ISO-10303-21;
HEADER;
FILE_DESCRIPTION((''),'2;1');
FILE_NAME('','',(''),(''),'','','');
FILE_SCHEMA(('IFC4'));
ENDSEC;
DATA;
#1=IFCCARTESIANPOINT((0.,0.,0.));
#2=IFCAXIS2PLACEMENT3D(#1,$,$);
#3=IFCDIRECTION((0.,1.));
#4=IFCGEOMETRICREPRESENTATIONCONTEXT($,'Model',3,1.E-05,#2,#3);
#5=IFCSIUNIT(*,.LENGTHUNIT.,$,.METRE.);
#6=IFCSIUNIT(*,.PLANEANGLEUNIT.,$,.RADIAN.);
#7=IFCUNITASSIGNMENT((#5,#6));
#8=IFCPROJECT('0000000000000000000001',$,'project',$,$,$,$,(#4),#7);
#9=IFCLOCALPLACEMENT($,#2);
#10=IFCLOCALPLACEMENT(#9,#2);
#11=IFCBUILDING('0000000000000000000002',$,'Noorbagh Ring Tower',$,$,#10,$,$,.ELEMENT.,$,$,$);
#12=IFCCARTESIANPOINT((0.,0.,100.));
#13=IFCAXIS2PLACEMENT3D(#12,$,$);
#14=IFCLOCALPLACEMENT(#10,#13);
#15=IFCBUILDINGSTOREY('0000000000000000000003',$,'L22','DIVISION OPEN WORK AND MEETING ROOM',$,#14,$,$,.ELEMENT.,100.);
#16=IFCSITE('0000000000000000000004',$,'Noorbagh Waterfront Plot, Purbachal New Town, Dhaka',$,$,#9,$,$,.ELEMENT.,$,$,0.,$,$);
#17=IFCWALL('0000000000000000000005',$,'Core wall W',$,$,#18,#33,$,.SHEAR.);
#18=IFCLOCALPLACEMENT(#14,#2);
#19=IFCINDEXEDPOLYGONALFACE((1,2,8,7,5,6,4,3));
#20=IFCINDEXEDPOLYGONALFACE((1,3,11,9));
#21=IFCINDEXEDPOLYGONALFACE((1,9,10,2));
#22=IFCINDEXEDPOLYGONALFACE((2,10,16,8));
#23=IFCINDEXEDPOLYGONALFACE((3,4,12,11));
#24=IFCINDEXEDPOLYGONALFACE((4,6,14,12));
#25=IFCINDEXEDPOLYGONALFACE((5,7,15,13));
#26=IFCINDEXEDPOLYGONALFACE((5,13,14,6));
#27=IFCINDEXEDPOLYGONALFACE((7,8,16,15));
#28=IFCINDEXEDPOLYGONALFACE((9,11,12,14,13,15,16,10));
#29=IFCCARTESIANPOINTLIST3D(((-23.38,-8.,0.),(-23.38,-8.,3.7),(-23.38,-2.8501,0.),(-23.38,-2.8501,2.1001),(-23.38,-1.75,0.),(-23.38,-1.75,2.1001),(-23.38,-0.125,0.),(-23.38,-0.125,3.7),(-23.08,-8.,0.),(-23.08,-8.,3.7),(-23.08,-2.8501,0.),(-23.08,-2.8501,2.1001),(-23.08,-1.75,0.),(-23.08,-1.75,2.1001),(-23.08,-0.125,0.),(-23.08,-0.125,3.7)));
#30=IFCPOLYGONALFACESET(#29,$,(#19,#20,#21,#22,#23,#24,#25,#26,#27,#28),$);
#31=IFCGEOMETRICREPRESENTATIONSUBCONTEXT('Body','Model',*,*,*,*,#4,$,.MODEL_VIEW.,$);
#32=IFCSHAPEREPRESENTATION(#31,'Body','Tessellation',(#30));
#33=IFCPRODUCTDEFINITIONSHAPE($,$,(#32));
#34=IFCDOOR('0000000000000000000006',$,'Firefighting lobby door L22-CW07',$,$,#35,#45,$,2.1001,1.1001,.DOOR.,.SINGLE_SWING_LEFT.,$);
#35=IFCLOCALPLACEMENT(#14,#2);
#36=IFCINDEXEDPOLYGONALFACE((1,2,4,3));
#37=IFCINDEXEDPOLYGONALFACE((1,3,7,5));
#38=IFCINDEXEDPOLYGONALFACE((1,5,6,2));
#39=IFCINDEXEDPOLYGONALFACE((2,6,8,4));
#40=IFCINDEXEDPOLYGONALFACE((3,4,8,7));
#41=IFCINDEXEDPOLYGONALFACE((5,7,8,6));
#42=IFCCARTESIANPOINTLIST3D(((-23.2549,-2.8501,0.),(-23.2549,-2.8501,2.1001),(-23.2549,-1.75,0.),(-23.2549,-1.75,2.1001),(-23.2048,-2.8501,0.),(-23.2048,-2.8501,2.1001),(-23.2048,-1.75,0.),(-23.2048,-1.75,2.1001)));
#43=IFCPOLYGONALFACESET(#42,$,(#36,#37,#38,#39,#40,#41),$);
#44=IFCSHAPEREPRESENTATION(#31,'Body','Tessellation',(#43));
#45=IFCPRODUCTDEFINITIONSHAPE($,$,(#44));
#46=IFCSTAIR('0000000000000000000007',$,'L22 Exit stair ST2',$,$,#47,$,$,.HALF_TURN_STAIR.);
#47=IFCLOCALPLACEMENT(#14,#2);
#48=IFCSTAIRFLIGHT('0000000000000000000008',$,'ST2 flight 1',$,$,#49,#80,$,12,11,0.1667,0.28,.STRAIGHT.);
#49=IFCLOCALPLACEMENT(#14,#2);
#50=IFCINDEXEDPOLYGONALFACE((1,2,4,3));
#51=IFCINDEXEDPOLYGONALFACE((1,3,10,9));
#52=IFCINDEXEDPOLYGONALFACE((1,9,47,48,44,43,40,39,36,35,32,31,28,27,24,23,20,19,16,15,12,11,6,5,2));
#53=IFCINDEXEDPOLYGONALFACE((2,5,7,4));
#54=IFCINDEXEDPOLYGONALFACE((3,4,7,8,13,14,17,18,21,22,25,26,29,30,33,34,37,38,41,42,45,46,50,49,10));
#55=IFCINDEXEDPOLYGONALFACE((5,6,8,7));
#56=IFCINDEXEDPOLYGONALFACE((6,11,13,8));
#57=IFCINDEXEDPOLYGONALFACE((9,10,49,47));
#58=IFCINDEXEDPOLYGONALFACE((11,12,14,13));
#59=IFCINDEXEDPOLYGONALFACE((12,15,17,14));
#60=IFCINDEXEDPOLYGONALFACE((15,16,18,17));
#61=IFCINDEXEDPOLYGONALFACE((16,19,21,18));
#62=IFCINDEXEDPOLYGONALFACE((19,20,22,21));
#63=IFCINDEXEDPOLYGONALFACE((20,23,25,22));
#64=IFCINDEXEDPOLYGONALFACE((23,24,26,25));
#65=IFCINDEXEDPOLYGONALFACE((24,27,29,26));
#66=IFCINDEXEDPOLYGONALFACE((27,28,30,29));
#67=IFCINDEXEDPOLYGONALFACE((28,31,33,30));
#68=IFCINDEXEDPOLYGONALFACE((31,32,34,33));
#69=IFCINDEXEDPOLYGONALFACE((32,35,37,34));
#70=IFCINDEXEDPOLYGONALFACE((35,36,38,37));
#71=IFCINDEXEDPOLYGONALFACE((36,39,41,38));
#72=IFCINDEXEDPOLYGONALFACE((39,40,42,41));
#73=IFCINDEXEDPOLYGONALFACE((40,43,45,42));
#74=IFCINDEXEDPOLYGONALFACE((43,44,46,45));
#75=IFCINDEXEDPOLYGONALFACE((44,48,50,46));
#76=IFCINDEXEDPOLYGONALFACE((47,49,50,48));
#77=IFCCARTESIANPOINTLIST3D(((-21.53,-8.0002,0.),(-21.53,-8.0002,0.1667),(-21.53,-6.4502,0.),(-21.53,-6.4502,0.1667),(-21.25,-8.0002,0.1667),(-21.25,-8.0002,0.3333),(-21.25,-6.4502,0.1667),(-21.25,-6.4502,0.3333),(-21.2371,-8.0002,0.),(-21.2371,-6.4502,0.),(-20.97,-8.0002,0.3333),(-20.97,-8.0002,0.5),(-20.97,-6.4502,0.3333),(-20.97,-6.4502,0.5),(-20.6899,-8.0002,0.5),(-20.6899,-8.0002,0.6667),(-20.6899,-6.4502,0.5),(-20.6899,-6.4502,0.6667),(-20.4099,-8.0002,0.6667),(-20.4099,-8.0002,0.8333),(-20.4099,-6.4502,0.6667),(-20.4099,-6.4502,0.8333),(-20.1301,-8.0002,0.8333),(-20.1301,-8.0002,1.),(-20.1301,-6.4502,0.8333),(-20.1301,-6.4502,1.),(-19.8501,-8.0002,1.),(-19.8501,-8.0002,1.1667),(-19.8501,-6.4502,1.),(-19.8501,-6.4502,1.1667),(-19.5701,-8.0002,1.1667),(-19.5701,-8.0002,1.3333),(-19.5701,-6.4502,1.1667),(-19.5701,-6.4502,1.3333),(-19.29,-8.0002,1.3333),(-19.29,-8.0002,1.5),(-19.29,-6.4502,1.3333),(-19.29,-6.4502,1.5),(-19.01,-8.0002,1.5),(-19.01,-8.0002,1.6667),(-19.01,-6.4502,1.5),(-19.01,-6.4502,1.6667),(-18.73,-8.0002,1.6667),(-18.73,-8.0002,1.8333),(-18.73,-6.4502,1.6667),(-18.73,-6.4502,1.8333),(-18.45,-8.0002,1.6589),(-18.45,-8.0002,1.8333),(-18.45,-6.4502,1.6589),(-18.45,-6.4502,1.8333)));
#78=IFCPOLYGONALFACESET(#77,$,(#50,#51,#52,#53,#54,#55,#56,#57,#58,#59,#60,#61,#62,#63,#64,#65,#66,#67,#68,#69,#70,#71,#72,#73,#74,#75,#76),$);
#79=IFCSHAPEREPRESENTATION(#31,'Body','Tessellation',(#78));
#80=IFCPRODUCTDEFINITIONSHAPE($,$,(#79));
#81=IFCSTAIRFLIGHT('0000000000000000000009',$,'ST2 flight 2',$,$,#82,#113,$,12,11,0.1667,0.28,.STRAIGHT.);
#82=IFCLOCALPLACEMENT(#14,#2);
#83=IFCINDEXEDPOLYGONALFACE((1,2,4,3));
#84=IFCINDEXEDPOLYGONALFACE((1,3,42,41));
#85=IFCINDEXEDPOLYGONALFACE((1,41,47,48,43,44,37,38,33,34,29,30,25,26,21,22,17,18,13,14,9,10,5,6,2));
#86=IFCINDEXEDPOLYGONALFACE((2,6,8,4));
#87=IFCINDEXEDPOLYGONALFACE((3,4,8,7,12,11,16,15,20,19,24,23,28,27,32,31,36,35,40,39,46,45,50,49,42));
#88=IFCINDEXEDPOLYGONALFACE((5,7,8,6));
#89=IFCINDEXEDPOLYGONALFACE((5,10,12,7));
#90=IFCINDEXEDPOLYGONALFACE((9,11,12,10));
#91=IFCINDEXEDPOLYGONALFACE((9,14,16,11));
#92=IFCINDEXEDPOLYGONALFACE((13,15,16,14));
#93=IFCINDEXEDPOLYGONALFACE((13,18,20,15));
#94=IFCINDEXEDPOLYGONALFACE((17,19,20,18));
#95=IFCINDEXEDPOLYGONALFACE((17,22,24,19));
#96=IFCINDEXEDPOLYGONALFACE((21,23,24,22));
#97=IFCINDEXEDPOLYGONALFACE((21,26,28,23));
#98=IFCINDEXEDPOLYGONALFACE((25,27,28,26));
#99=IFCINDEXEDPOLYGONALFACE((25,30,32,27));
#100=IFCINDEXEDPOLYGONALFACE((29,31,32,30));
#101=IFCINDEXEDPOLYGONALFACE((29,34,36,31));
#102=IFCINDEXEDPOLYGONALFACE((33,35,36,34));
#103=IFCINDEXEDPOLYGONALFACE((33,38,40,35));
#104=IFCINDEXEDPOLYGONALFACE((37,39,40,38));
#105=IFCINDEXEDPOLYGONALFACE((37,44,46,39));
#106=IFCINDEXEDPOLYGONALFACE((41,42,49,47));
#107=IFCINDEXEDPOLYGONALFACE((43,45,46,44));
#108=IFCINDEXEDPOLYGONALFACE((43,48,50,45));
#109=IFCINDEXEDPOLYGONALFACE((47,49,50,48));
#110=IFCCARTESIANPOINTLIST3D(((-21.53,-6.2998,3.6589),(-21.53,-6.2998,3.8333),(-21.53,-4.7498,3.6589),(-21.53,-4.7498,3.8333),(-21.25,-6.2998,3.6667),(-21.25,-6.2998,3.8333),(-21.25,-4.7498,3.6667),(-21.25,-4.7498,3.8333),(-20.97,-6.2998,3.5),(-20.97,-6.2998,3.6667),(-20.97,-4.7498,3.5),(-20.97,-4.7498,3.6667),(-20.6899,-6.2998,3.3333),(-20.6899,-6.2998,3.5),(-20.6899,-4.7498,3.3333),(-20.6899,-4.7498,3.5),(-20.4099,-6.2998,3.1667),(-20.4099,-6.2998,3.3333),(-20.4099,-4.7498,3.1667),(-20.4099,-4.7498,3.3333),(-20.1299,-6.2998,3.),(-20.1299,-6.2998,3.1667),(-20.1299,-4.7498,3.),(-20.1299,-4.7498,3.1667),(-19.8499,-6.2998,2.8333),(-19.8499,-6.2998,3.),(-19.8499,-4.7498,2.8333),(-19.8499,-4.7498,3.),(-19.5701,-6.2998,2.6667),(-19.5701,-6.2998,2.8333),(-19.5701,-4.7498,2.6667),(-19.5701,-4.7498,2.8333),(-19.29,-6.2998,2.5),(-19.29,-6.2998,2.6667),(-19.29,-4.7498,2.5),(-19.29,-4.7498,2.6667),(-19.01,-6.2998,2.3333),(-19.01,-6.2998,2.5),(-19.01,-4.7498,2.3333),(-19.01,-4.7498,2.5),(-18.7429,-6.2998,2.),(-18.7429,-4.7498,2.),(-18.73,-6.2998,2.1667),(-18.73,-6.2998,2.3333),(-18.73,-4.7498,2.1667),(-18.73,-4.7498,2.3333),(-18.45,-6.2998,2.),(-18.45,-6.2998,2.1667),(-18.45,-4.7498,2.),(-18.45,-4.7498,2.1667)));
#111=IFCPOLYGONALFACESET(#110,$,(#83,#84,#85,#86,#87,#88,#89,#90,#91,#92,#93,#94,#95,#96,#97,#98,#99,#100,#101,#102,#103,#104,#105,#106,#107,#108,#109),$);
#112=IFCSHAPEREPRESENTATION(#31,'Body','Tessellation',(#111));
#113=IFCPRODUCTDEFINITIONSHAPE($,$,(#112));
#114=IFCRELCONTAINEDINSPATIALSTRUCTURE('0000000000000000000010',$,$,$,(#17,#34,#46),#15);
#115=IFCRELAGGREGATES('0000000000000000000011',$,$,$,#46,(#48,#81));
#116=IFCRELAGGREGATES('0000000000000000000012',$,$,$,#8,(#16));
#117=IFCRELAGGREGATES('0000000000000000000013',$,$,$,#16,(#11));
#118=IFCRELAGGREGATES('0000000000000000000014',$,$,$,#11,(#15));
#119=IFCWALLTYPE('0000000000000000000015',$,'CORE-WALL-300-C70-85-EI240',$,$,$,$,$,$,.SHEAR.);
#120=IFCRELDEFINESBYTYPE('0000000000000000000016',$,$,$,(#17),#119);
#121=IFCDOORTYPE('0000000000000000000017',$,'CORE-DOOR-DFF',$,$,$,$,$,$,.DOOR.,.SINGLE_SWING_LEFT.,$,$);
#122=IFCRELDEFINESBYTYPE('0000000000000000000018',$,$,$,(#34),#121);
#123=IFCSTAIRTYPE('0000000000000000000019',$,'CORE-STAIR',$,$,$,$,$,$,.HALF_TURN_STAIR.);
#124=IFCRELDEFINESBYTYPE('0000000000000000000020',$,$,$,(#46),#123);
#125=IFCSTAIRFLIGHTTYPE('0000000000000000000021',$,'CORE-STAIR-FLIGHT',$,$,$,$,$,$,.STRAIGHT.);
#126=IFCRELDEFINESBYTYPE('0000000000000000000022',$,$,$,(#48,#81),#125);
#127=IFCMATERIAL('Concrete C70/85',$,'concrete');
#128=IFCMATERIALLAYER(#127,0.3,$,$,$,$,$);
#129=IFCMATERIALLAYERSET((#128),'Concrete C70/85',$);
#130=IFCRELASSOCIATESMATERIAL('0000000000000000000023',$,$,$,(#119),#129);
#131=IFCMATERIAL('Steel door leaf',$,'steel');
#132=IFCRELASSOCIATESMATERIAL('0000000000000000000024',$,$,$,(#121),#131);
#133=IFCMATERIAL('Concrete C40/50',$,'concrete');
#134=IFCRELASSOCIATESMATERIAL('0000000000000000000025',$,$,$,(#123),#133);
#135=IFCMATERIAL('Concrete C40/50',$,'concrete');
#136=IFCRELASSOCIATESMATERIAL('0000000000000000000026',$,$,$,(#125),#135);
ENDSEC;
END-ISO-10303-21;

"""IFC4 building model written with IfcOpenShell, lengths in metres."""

from ifc_helpers import new_model, si_unit, direction, frame, frame_2d, origin, place, context, subcontext, project, spatial, polyline, rectangle, outline, extrude, material, layer, layer_set, type_object, element, fill, aggregate, save


model = new_model("IFC4")

# Units and contexts
model_context = context("Model", 3, precision=1e-05, world=origin(), true_north=direction((0.0, 1.0)))
body_context = subcontext(model_context, "Body", "Model", "MODEL_VIEW")
ifc_project = project(units=[si_unit("LENGTHUNIT", "METRE"), si_unit("PLANEANGLEUNIT", "RADIAN")], contexts=[model_context])

# Site, building, storey
site_placement = place(None, origin())
site = spatial("IfcSite", under=ifc_project, at=site_placement, Name="Noorbagh Waterfront Plot, Purbachal New Town, Dhaka", CompositionType="ELEMENT", RefElevation=0.0)
building_placement = place(site_placement, origin())
building = spatial("IfcBuilding", under=site, at=building_placement, Name="Noorbagh Ring Tower", CompositionType="ELEMENT")
storey_placement = place(building_placement, frame((0.0, 0.0, 100.0)))
storey = spatial("IfcBuildingStorey", under=building, at=storey_placement, Name="L22", Description="DIVISION OPEN WORK AND MEETING ROOM", CompositionType="ELEMENT", Elevation=100.0)

# Shared definitions
ifc_material_1 = material(Name="Concrete C70/85", Category="concrete")
ifc_layer_1 = layer(ifc_material_1, 0.3)
ifc_layer_set_1 = layer_set([ifc_layer_1], Name="Concrete C70/85")
wall_type_1 = type_object("IfcWallType", Name="CORE-WALL-300-C70-85-EI240", PredefinedType="SHEAR", material=ifc_layer_set_1)

# Wall, opening, door
wall_1_placement = place(storey_placement, frame((-23.23, -8.0, 0.0), z_axis=(0.0, 0.0, 1.0), x_axis=(0.0, 1.0, 0.0)))
wall_1 = element("IfcWall", 1, at=wall_1_placement, inside=storey, type_object=wall_type_1, Name="Core wall W", PredefinedType="SHEAR", context=body_context, shape_type="SweptSolid", body=[
    extrude(rectangle(XDim=7.875, YDim=0.3, at=frame_2d((3.9375, 0.0))), origin(), (0.0, 0.0, 1.0), 3.7),
])
opening_1_placement = place(wall_1_placement, frame((5.1499, 0.0, 0.0)))
opening_1 = element("IfcOpeningElement", 2, at=opening_1_placement, cuts=wall_1, PredefinedType="OPENING", context=body_context, shape_type="SweptSolid", body=[
    extrude(rectangle(XDim=1.1001, YDim=2.1001, at=frame_2d((0.55, 1.05))), frame((0.0, 0.1602, 0.0), z_axis=(0.0, -1.0, 0.0), x_axis=(1.0, 0.0, 0.0)), (0.0, 0.0, 1.0), 0.3201),
])
ifc_material_2 = material(Name="Steel door leaf", Category="steel")
door_type_1 = type_object("IfcDoorType", Name="CORE-DOOR-DFF", OperationType="SINGLE_SWING_LEFT", PredefinedType="DOOR", material=ifc_material_2)
door_1_placement = place(opening_1_placement, origin())
door_1 = element("IfcDoor", 3, at=door_1_placement, inside=storey, type_object=door_type_1, Name="Firefighting lobby door L22-CW07", OperationType="SINGLE_SWING_LEFT", OverallHeight=2.1001, OverallWidth=1.1001, PredefinedType="DOOR", context=body_context, shape_type="SweptSolid", body=[
    extrude(rectangle(XDim=1.1001, YDim=2.1001, at=frame_2d((0.55, 1.05))), frame((0.0, 0.0249, 0.0), z_axis=(0.0, -1.0, 0.0), x_axis=(1.0, 0.0, 0.0)), (0.0, 0.0, 1.0), 0.05),
])
fill(opening_1, door_1)

# Stair, stair flights
ifc_material_3 = material(Name="Concrete C40/50", Category="concrete")
stair_type = type_object("IfcStairType", Name="CORE-STAIR", PredefinedType="HALF_TURN_STAIR", material=ifc_material_3)
stair_placement = place(storey_placement, origin())
stair = element("IfcStair", 4, at=stair_placement, inside=storey, type_object=stair_type, Name="L22 Exit stair ST2", PredefinedType="HALF_TURN_STAIR")
ifc_material_4 = material(Name="Concrete C40/50", Category="concrete")
stair_flight_type = type_object("IfcStairFlightType", Name="CORE-STAIR-FLIGHT", PredefinedType="STRAIGHT", material=ifc_material_4)
stair_flight_1_placement = place(storey_placement, frame((-21.53, -7.2251, 0.0), z_axis=(0.0, 0.0, 1.0), x_axis=(1.0, 0.0, 0.0)))
stair_flight_1 = element("IfcStairFlight", 5, at=stair_flight_1_placement, type_object=stair_flight_type, Name="ST2 flight 1", NumberOfRisers=12, NumberOfTreads=11, PredefinedType="STRAIGHT", RiserHeight=0.1667, TreadLength=0.28, context=body_context, shape_type="SweptSolid", body=[
    extrude(outline(polyline([(0.0, 0.0), (0.0, 0.1667), (0.28, 0.1667), (0.28, 0.3333), (0.5601, 0.3333), (0.5601, 0.5), (0.8401, 0.5), (0.8401, 0.6667), (1.1201, 0.6667), (1.1201, 0.8333), (1.3999, 0.8333), (1.3999, 1.0), (1.6799, 1.0), (1.6799, 1.1667), (1.96, 1.1667), (1.96, 1.3333), (2.24, 1.3333), (2.24, 1.5), (2.52, 1.5), (2.52, 1.6667), (2.8, 1.6667), (2.8, 1.8333), (3.0801, 1.8333), (3.0801, 2.0), (3.0801, 1.6589), (0.293, 0.0), (0.0, 0.0)])), frame((0.0, 0.7749, 0.0), z_axis=(0.0, -1.0, 0.0), x_axis=(1.0, 0.0, 0.0)), (0.0, 0.0, 1.0), 1.55),
])
stair_flight_2_placement = place(storey_placement, frame((-18.45, -5.5249, 2.0), z_axis=(0.0, 0.0, 1.0), x_axis=(-1.0, 0.0, 0.0)))
stair_flight_2 = element("IfcStairFlight", 6, at=stair_flight_2_placement, type_object=stair_flight_type, Name="ST2 flight 2", NumberOfRisers=12, NumberOfTreads=11, PredefinedType="STRAIGHT", RiserHeight=0.1667, TreadLength=0.28, context=body_context, shape_type="SweptSolid", body=[
    extrude(outline(polyline([(0.0, 0.0), (0.0, 0.1667), (0.28, 0.1667), (0.28, 0.3333), (0.5601, 0.3333), (0.5601, 0.5), (0.8401, 0.5), (0.8401, 0.6667), (1.1201, 0.6667), (1.1201, 0.8333), (1.3999, 0.8333), (1.3999, 1.0), (1.6799, 1.0), (1.6799, 1.1667), (1.96, 1.1667), (1.96, 1.3333), (2.24, 1.3333), (2.24, 1.5), (2.52, 1.5), (2.52, 1.6667), (2.8, 1.6667), (2.8, 1.8333), (3.0801, 1.8333), (3.0801, 2.0), (3.0801, 1.6589), (0.293, 0.0), (0.0, 0.0)])), frame((0.0, 0.7749, 0.0), z_axis=(0.0, -1.0, 0.0), x_axis=(1.0, 0.0, 0.0)), (0.0, 0.0, 1.0), 1.55),
])
aggregate(stair, [stair_flight_1, stair_flight_2])

save(model, "model.ifc")
